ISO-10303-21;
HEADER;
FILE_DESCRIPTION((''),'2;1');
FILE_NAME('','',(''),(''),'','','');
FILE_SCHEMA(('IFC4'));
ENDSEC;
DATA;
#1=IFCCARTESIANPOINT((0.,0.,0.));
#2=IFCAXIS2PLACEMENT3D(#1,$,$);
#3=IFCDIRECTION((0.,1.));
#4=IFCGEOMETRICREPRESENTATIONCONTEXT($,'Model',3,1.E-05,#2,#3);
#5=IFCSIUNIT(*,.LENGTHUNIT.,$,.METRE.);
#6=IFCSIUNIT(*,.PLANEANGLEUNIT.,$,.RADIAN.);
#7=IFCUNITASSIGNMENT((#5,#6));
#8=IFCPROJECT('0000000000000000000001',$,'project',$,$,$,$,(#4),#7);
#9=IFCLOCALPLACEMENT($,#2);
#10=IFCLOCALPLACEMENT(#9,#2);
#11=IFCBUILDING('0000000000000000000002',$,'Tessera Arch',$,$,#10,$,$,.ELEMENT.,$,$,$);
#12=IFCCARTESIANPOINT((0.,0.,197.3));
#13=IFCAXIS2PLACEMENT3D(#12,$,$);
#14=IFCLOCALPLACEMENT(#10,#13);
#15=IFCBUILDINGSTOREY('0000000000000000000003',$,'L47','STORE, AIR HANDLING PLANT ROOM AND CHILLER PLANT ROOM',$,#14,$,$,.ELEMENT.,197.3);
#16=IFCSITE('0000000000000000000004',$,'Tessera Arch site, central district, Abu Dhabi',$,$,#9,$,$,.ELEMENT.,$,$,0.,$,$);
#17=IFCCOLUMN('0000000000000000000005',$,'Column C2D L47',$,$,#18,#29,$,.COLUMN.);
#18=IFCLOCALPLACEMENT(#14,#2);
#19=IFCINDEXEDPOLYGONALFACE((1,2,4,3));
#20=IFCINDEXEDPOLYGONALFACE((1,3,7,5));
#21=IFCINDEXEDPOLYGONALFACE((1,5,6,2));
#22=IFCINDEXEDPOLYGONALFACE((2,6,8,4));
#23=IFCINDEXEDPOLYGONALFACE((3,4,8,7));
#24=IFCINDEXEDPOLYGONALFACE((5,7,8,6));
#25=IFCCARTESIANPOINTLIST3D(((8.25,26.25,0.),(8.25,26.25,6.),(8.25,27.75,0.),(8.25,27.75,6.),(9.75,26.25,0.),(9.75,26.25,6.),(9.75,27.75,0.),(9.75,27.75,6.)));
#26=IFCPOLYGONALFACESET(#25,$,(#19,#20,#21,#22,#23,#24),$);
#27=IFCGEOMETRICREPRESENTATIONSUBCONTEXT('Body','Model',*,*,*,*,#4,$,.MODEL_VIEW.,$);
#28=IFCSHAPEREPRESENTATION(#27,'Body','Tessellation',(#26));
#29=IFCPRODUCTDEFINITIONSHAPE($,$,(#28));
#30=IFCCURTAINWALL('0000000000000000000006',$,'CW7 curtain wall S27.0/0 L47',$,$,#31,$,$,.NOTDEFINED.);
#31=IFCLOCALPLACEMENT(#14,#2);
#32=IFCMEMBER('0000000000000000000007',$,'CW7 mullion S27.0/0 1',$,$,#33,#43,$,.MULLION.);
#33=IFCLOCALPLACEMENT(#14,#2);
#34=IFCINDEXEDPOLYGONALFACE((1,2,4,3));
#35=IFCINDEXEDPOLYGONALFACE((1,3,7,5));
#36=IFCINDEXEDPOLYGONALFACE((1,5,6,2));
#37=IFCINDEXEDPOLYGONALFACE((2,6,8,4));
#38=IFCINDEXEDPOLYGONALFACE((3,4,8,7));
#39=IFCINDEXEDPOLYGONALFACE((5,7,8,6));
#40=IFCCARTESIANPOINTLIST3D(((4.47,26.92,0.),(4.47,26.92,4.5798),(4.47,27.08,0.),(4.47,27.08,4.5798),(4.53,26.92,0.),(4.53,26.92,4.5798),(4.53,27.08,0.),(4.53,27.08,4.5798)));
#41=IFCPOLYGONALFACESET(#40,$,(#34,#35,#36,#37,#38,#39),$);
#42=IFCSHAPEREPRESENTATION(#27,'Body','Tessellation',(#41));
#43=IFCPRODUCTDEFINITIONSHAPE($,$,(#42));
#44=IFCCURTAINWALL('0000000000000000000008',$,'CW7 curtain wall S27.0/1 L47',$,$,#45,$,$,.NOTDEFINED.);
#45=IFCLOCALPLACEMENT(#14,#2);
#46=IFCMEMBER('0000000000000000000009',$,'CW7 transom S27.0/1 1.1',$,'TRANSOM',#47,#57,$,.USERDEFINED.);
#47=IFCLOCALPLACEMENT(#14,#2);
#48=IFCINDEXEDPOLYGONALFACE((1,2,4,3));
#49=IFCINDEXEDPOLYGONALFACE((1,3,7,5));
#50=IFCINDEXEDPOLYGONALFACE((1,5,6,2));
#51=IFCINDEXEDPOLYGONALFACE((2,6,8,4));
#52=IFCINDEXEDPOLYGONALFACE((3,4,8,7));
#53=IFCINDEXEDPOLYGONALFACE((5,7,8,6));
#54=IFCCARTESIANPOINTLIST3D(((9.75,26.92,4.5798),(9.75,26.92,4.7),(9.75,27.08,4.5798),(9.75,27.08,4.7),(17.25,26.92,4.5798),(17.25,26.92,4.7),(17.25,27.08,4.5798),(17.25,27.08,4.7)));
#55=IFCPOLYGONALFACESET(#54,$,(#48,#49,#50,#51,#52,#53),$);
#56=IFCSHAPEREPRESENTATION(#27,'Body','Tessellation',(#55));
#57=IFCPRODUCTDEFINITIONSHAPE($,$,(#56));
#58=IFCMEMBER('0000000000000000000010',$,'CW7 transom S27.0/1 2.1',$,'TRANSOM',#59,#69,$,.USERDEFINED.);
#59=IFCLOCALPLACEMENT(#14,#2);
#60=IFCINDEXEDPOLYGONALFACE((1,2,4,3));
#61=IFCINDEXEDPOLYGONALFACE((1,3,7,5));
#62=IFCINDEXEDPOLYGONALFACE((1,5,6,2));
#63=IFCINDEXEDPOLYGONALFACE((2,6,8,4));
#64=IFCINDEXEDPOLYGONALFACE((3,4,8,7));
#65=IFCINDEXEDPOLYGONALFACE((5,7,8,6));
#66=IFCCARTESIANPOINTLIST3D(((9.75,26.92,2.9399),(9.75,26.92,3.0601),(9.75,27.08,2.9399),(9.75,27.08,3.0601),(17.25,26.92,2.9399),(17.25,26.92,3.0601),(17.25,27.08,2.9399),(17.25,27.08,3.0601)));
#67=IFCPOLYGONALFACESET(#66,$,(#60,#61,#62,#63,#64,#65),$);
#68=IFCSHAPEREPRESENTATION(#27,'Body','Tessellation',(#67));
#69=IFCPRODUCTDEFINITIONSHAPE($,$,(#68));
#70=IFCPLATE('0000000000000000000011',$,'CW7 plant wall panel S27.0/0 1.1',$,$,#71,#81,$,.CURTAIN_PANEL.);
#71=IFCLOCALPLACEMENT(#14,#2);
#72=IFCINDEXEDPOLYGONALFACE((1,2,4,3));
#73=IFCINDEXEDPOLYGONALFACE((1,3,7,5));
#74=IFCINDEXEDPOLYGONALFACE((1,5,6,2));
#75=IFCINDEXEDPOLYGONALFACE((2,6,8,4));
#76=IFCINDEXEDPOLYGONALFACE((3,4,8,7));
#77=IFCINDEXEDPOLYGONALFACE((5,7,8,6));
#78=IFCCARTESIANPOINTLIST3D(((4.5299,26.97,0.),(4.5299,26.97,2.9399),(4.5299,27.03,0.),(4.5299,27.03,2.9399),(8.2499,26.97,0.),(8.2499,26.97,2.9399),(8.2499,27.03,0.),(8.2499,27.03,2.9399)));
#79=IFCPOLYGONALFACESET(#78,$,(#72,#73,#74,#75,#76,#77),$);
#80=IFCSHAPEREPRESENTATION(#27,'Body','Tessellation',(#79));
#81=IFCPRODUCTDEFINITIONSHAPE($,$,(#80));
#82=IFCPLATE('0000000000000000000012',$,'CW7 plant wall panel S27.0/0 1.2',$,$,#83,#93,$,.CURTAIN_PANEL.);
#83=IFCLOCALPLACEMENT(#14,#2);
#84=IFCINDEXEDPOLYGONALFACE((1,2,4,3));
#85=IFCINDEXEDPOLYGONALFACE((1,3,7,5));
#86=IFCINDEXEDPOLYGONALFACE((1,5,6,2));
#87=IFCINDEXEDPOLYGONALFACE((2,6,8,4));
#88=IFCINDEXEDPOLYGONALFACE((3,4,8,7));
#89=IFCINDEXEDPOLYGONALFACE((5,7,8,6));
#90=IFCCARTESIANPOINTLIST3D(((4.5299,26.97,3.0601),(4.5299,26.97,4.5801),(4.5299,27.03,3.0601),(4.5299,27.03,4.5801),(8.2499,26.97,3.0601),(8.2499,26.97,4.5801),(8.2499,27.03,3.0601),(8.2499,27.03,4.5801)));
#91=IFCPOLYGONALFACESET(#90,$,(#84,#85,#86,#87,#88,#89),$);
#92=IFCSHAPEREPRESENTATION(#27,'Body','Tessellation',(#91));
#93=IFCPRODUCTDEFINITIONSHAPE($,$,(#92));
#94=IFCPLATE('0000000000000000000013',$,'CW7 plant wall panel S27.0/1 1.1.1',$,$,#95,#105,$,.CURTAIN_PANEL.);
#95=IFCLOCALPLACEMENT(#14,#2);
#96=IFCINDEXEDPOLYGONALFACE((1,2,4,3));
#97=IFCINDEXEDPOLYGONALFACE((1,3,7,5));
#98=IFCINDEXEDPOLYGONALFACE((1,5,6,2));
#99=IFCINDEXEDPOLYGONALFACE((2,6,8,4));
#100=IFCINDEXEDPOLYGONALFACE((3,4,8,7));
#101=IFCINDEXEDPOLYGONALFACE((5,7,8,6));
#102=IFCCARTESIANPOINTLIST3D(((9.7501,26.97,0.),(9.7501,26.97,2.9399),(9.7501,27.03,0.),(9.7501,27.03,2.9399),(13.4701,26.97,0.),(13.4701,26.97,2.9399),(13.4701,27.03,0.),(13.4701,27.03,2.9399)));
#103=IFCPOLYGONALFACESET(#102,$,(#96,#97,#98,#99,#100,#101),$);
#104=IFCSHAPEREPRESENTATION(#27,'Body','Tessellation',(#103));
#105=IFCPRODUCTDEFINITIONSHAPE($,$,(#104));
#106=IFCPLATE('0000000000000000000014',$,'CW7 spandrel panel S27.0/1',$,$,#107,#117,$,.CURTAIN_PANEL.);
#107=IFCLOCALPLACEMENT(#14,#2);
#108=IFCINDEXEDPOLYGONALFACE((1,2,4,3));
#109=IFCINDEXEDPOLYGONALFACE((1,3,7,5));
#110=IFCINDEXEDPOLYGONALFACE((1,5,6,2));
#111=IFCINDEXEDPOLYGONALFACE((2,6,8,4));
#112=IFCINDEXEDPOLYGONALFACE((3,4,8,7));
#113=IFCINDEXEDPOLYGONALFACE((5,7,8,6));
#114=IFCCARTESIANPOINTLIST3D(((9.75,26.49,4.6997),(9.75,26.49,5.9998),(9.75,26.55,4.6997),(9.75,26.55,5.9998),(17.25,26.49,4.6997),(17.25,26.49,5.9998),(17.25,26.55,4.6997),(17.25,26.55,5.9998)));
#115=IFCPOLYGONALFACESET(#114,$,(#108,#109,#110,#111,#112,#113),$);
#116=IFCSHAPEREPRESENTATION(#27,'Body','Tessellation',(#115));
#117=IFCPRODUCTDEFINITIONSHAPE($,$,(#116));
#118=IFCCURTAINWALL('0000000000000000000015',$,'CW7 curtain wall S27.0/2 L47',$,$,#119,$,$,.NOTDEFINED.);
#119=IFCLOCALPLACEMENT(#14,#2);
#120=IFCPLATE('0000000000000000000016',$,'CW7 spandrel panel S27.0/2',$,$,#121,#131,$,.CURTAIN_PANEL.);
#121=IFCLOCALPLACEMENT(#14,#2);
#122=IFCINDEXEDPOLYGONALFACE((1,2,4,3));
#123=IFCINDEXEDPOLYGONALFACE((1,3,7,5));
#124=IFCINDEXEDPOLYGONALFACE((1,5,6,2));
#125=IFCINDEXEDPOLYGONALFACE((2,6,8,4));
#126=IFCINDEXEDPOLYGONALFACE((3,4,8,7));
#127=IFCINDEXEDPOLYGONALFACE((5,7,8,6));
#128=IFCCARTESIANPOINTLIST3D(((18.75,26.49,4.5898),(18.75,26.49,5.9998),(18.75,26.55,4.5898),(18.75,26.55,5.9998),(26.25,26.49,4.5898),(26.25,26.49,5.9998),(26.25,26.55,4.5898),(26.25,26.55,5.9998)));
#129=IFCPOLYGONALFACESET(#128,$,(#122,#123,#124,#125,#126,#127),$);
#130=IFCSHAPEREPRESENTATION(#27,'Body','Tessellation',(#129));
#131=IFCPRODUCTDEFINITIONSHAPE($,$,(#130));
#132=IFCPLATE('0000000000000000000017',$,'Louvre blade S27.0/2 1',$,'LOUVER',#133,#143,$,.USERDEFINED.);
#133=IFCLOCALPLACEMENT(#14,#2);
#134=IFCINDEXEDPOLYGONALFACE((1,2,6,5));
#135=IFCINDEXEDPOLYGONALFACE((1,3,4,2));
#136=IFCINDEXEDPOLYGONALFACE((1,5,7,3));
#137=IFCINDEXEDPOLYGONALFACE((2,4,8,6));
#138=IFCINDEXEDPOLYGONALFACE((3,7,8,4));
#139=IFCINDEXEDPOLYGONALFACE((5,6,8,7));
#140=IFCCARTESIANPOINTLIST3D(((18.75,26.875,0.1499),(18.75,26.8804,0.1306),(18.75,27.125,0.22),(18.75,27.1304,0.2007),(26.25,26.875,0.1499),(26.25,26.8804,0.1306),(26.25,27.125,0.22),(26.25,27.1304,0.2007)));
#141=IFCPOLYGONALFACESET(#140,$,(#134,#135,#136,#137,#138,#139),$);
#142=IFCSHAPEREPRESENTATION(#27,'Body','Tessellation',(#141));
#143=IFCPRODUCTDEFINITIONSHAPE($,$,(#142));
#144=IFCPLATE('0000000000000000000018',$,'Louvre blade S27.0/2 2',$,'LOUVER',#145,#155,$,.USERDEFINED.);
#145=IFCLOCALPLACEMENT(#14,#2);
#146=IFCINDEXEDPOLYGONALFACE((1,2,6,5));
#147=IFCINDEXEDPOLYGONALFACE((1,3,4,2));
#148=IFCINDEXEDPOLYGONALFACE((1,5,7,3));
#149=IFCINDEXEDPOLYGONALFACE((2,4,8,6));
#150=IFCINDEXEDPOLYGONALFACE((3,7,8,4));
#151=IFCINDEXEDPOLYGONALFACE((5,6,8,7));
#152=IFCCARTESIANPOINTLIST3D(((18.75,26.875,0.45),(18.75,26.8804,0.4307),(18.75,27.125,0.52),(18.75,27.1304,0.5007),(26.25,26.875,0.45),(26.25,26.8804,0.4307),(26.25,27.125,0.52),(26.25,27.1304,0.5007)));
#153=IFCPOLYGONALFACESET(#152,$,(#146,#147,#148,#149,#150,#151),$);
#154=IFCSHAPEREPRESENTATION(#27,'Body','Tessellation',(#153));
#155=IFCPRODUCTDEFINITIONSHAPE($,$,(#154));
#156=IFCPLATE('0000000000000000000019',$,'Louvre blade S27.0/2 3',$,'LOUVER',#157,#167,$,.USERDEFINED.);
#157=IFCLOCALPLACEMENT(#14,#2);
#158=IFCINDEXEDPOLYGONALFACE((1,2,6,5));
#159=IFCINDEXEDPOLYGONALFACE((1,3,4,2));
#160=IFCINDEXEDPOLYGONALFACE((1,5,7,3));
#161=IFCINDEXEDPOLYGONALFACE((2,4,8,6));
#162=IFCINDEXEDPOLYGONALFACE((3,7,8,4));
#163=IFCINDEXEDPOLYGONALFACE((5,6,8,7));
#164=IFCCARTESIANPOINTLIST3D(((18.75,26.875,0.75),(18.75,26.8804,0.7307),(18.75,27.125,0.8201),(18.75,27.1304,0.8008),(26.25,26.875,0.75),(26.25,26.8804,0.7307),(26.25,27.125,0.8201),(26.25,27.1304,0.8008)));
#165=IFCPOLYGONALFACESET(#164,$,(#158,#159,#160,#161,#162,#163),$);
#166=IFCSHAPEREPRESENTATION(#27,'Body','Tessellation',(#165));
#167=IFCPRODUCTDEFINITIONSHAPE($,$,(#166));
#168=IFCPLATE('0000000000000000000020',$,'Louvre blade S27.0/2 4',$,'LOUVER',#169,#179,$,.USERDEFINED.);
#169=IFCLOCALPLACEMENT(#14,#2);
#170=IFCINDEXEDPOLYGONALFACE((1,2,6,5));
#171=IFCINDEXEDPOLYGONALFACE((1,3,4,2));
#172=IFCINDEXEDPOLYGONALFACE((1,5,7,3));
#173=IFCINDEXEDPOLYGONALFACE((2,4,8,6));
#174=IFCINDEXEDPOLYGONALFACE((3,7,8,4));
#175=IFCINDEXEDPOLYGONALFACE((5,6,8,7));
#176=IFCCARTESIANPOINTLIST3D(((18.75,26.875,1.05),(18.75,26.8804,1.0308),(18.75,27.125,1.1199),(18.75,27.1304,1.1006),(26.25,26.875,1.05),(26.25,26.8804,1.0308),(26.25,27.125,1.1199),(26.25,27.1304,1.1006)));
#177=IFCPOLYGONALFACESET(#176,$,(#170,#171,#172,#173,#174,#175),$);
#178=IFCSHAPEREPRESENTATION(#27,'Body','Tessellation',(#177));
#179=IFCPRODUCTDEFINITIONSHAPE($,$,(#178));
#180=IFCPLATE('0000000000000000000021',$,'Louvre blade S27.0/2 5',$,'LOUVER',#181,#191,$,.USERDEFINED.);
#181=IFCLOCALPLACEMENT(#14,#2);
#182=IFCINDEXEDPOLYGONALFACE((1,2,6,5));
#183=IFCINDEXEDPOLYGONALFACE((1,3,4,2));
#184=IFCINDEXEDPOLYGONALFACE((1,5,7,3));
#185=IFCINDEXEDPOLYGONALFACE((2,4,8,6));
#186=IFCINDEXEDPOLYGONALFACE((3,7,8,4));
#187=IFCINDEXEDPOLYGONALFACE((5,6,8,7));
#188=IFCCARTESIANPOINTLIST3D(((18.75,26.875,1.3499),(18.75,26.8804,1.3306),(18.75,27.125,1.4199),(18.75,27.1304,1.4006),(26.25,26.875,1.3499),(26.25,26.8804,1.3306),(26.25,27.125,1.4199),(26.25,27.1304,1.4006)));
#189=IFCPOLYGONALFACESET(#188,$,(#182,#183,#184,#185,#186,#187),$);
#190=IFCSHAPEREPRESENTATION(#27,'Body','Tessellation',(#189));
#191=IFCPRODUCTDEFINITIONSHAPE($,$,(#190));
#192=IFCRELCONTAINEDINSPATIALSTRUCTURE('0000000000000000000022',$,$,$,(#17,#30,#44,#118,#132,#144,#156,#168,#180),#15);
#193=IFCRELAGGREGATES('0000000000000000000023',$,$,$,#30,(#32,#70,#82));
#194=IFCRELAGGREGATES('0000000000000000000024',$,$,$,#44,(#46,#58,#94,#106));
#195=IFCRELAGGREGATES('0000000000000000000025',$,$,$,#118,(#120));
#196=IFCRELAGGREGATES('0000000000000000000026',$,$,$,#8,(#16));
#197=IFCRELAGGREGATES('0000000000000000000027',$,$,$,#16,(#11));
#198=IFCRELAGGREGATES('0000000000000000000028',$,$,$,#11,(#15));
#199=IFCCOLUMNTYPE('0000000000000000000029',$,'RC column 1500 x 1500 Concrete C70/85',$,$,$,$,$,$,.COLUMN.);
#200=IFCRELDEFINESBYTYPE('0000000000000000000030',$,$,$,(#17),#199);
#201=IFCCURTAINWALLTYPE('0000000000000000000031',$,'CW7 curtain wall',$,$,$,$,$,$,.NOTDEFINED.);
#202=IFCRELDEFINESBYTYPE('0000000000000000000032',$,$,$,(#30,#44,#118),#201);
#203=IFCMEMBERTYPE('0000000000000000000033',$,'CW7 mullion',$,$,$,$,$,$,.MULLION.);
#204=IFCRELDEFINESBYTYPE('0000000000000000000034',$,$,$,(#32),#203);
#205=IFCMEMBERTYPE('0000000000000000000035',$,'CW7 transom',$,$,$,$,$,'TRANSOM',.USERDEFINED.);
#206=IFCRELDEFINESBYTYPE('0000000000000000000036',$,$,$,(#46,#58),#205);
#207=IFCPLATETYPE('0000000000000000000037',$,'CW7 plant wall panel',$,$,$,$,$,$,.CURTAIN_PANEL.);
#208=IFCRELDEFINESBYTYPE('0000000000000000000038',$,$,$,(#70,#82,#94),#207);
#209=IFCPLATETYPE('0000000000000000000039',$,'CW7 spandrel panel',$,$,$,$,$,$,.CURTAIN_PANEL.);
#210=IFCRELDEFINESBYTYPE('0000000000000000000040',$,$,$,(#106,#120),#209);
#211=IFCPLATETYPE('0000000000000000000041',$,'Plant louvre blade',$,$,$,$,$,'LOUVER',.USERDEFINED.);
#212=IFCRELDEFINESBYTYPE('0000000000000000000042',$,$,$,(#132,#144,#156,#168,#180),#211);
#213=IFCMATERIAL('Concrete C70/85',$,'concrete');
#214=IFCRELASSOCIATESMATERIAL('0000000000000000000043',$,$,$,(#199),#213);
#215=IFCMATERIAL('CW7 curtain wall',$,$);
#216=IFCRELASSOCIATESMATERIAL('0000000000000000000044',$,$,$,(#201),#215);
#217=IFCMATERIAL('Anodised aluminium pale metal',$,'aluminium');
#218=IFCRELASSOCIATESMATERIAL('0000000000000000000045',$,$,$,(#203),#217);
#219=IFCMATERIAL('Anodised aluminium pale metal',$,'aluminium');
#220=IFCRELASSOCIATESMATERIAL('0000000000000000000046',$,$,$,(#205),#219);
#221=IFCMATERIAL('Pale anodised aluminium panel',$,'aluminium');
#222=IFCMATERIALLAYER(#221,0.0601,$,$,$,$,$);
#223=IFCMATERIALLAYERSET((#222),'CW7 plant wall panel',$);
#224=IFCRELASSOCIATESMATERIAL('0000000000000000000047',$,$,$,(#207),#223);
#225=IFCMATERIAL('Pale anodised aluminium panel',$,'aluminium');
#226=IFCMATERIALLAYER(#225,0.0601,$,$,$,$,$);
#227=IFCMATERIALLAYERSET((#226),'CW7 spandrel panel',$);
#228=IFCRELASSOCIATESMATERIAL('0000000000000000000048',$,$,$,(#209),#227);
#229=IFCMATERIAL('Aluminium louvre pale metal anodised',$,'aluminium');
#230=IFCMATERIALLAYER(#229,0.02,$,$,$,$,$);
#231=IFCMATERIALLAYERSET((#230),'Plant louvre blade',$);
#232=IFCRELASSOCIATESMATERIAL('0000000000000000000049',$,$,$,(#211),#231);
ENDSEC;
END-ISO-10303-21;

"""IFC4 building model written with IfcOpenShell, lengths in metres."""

from ifc_helpers import new_model, si_unit, direction, frame, origin, origin_2d, place, context, subcontext, project, spatial, polyline, rectangle, outline, extrude, material, layer, layer_set, material_profile, profile_set, type_object, element, aggregate, save


model = new_model("IFC4")

# Units and contexts
model_context = context("Model", 3, precision=1e-05, world=origin(), true_north=direction((0.0, 1.0)))
body_context = subcontext(model_context, "Body", "Model", "MODEL_VIEW")
ifc_project = project(units=[si_unit("LENGTHUNIT", "METRE"), si_unit("PLANEANGLEUNIT", "RADIAN")], contexts=[model_context])

# Site, building, storey
site_placement = place(None, origin())
site = spatial("IfcSite", under=ifc_project, at=site_placement, Name="Tessera Arch site, central district, Abu Dhabi", CompositionType="ELEMENT", RefElevation=0.0)
building_placement = place(site_placement, origin())
building = spatial("IfcBuilding", under=site, at=building_placement, Name="Tessera Arch", CompositionType="ELEMENT")
storey_placement = place(building_placement, frame((0.0, 0.0, 197.3)))
storey = spatial("IfcBuildingStorey", under=building, at=storey_placement, Name="L47", Description="STORE, AIR HANDLING PLANT ROOM AND CHILLER PLANT ROOM", CompositionType="ELEMENT", Elevation=197.3)

# Column
ifc_material_1 = material(Name="Concrete C70/85", Category="concrete")
ifc_material_profile_1 = material_profile(ifc_material_1, rectangle(XDim=1.5, YDim=1.5, at=origin_2d()), Name="RC column 1500 x 1500 Concrete C70/85")
ifc_profile_set_1 = profile_set([ifc_material_profile_1], Name="Concrete C70/85")
column_type = type_object("IfcColumnType", Name="RC column 1500 x 1500 Concrete C70/85", PredefinedType="COLUMN", material=ifc_profile_set_1)
column_placement = place(storey_placement, frame((9.0, 27.0, 0.0), z_axis=(0.0, 0.0, 1.0), x_axis=(1.0, 0.0, 0.0)))
element("IfcColumn", 1, at=column_placement, inside=storey, type_object=column_type, Name="Column C2D L47", PredefinedType="COLUMN", context=body_context, shape_type="SweptSolid", body=[
    extrude(rectangle(XDim=1.5, YDim=1.5, at=origin_2d()), origin(), (0.0, 0.0, 1.0), 6.0),
])

# Curtain wall, member
ifc_material_2 = material(Name="CW7 curtain wall")
curtain_wall_type = type_object("IfcCurtainWallType", Name="CW7 curtain wall", PredefinedType="NOTDEFINED", material=ifc_material_2)
curtain_wall_1_placement = place(storey_placement, origin())
curtain_wall_1 = element("IfcCurtainWall", 2, at=curtain_wall_1_placement, inside=storey, type_object=curtain_wall_type, Name="CW7 curtain wall S27.0/0 L47", PredefinedType="NOTDEFINED")
ifc_material_3 = material(Name="Anodised aluminium pale metal", Category="aluminium")
ifc_material_profile_2 = material_profile(ifc_material_3, rectangle(XDim=0.1599, YDim=0.0601, at=origin_2d()), Name="AL 60x160")
ifc_profile_set_2 = profile_set([ifc_material_profile_2], Name="Anodised aluminium pale metal")
member_type_1 = type_object("IfcMemberType", Name="CW7 mullion", PredefinedType="MULLION", material=ifc_profile_set_2)
member_1_placement = place(storey_placement, frame((4.5, 27.0, 0.0), z_axis=(0.0, 0.0, 1.0), x_axis=(0.0, 1.0, 0.0)))
member_1 = element("IfcMember", 3, at=member_1_placement, type_object=member_type_1, Name="CW7 mullion S27.0/0 1", PredefinedType="MULLION", context=body_context, shape_type="SweptSolid", body=[
    extrude(rectangle(XDim=0.1599, YDim=0.0601, at=origin_2d()), origin(), (0.0, 0.0, 1.0), 4.5798),
])

# Curtain wall, members
curtain_wall_2_placement = place(storey_placement, origin())
curtain_wall_2 = element("IfcCurtainWall", 4, at=curtain_wall_2_placement, inside=storey, type_object=curtain_wall_type, Name="CW7 curtain wall S27.0/1 L47", PredefinedType="NOTDEFINED")
ifc_material_4 = material(Name="Anodised aluminium pale metal", Category="aluminium")
ifc_material_profile_3 = material_profile(ifc_material_4, rectangle(XDim=0.1599, YDim=0.1201, at=origin_2d()), Name="AL 160x120")
ifc_profile_set_3 = profile_set([ifc_material_profile_3], Name="Anodised aluminium pale metal")
member_type_2 = type_object("IfcMemberType", Name="CW7 transom", ElementType="TRANSOM", PredefinedType="USERDEFINED", material=ifc_profile_set_3)
member_2_placement = place(storey_placement, frame((9.75, 27.0, 4.6399), z_axis=(1.0, 0.0, 0.0), x_axis=(0.0, 1.0, 0.0)))
member_2 = element("IfcMember", 5, at=member_2_placement, type_object=member_type_2, Name="CW7 transom S27.0/1 1.1", ObjectType="TRANSOM", PredefinedType="USERDEFINED", context=body_context, shape_type="SweptSolid", body=[
    extrude(rectangle(XDim=0.1599, YDim=0.1201, at=origin_2d()), origin(), (0.0, 0.0, 1.0), 7.5),
])
member_3_placement = place(storey_placement, frame((9.75, 27.0, 3.0), z_axis=(1.0, 0.0, 0.0), x_axis=(0.0, 1.0, 0.0)))
member_3 = element("IfcMember", 6, at=member_3_placement, type_object=member_type_2, Name="CW7 transom S27.0/1 2.1", ObjectType="TRANSOM", PredefinedType="USERDEFINED", context=body_context, shape_type="SweptSolid", body=[
    extrude(rectangle(XDim=0.1599, YDim=0.1201, at=origin_2d()), origin(), (0.0, 0.0, 1.0), 7.5),
])

# Plates
ifc_material_5 = material(Name="Pale anodised aluminium panel", Category="aluminium")
ifc_layer_1 = layer(ifc_material_5, 0.0601)
ifc_layer_set_1 = layer_set([ifc_layer_1], Name="CW7 plant wall panel")
plate_type_1 = type_object("IfcPlateType", Name="CW7 plant wall panel", PredefinedType="CURTAIN_PANEL", material=ifc_layer_set_1)
plate_1_placement = place(storey_placement, frame((6.3899, 27.0, 0.0), z_axis=(0.0, 0.0, 1.0), x_axis=(1.0, 0.0, 0.0)))
plate_1 = element("IfcPlate", 7, at=plate_1_placement, type_object=plate_type_1, Name="CW7 plant wall panel S27.0/0 1.1", PredefinedType="CURTAIN_PANEL", context=body_context, shape_type="SweptSolid", body=[
    extrude(rectangle(XDim=3.72, YDim=0.0601, at=origin_2d()), origin(), (0.0, 0.0, 1.0), 2.9399),
])
plate_2_placement = place(storey_placement, frame((6.3899, 27.0, 3.0601), z_axis=(0.0, 0.0, 1.0), x_axis=(1.0, 0.0, 0.0)))
plate_2 = element("IfcPlate", 8, at=plate_2_placement, type_object=plate_type_1, Name="CW7 plant wall panel S27.0/0 1.2", PredefinedType="CURTAIN_PANEL", context=body_context, shape_type="SweptSolid", body=[
    extrude(rectangle(XDim=3.72, YDim=0.0601, at=origin_2d()), origin(), (0.0, 0.0, 1.0), 1.52),
])
aggregate(curtain_wall_1, [member_1, plate_1, plate_2])
plate_3_placement = place(storey_placement, frame((11.6101, 27.0, 0.0), z_axis=(0.0, 0.0, 1.0), x_axis=(1.0, 0.0, 0.0)))
plate_3 = element("IfcPlate", 9, at=plate_3_placement, type_object=plate_type_1, Name="CW7 plant wall panel S27.0/1 1.1.1", PredefinedType="CURTAIN_PANEL", context=body_context, shape_type="SweptSolid", body=[
    extrude(rectangle(XDim=3.72, YDim=0.0601, at=origin_2d()), origin(), (0.0, 0.0, 1.0), 2.9399),
])
ifc_material_6 = material(Name="Pale anodised aluminium panel", Category="aluminium")
ifc_layer_2 = layer(ifc_material_6, 0.0601)
ifc_layer_set_2 = layer_set([ifc_layer_2], Name="CW7 spandrel panel")
plate_type_2 = type_object("IfcPlateType", Name="CW7 spandrel panel", PredefinedType="CURTAIN_PANEL", material=ifc_layer_set_2)
plate_4_placement = place(storey_placement, frame((13.5, 26.52, 4.6997), z_axis=(0.0, 0.0, 1.0), x_axis=(1.0, 0.0, 0.0)))
plate_4 = element("IfcPlate", 10, at=plate_4_placement, type_object=plate_type_2, Name="CW7 spandrel panel S27.0/1", PredefinedType="CURTAIN_PANEL", context=body_context, shape_type="SweptSolid", body=[
    extrude(rectangle(XDim=7.5, YDim=0.0601, at=origin_2d()), origin(), (0.0, 0.0, 1.0), 1.3),
])
aggregate(curtain_wall_2, [member_2, member_3, plate_3, plate_4])

# Curtain wall, plate
curtain_wall_3_placement = place(storey_placement, origin())
curtain_wall_3 = element("IfcCurtainWall", 11, at=curtain_wall_3_placement, inside=storey, type_object=curtain_wall_type, Name="CW7 curtain wall S27.0/2 L47", PredefinedType="NOTDEFINED")
plate_5_placement = place(storey_placement, frame((22.5, 26.52, 4.5898), z_axis=(0.0, 0.0, 1.0), x_axis=(1.0, 0.0, 0.0)))
plate_5 = element("IfcPlate", 12, at=plate_5_placement, type_object=plate_type_2, Name="CW7 spandrel panel S27.0/2", PredefinedType="CURTAIN_PANEL", context=body_context, shape_type="SweptSolid", body=[
    extrude(rectangle(XDim=7.5, YDim=0.0601, at=origin_2d()), origin(), (0.0, 0.0, 1.0), 1.4099),
])
aggregate(curtain_wall_3, [plate_5])

# Plates
ifc_material_7 = material(Name="Aluminium louvre pale metal anodised", Category="aluminium")
ifc_layer_3 = layer(ifc_material_7, 0.02)
ifc_layer_set_3 = layer_set([ifc_layer_3], Name="Plant louvre blade")
plate_type_3 = type_object("IfcPlateType", Name="Plant louvre blade", ElementType="LOUVER", PredefinedType="USERDEFINED", material=ifc_layer_set_3)
for number, where, z_axis, x_axis, name in (
    (13, (18.75, 26.875, 0.1499), (0.0, -0.269874, 0.962896), (1.0, 0.0, 0.0), "Louvre blade S27.0/2 1"),
    (14, (18.75, 26.875, 0.45), (0.0, -0.269874, 0.962896), (1.0, 0.0, 0.0), "Louvre blade S27.0/2 2"),
    (15, (18.75, 26.875, 0.75), (0.0, -0.269874, 0.962896), (1.0, 0.0, 0.0), "Louvre blade S27.0/2 3"),
):
    element("IfcPlate", number, at=place(storey_placement, frame(where, z_axis=z_axis, x_axis=x_axis)), inside=storey, type_object=plate_type_3, Name=name, ObjectType="LOUVER", PredefinedType="USERDEFINED", context=body_context, shape_type="SweptSolid", body=[
        extrude(outline(polyline([(0.0, 0.0), (7.5, 0.0), (7.5, 0.2596), (0.0, 0.2596), (0.0, 0.0)])), origin(), (0.0, 0.0, -1.0), 0.02),
    ])
plate_6_placement = place(storey_placement, frame((18.75, 26.875, 1.05), z_axis=(0.0, -0.269002, 0.96314), x_axis=(1.0, 0.0, 0.0)))
element("IfcPlate", 16, at=plate_6_placement, inside=storey, type_object=plate_type_3, Name="Louvre blade S27.0/2 4", ObjectType="LOUVER", PredefinedType="USERDEFINED", context=body_context, shape_type="SweptSolid", body=[
    extrude(outline(polyline([(0.0, 0.0), (7.5, 0.0), (7.5, 0.2596), (0.0, 0.2596), (0.0, 0.0)])), origin(), (0.0, 0.0, -1.0), 0.02),
])
for number, where, z_axis, x_axis, name in (
    (17, (18.75, 26.875, 1.3499), (0.0, -0.269874, 0.962896), (1.0, 0.0, 0.0), "Louvre blade S27.0/2 5"),
):
    element("IfcPlate", number, at=place(storey_placement, frame(where, z_axis=z_axis, x_axis=x_axis)), inside=storey, type_object=plate_type_3, Name=name, ObjectType="LOUVER", PredefinedType="USERDEFINED", context=body_context, shape_type="SweptSolid", body=[
        extrude(outline(polyline([(0.0, 0.0), (7.5, 0.0), (7.5, 0.2596), (0.0, 0.2596), (0.0, 0.0)])), origin(), (0.0, 0.0, -1.0), 0.02),
    ])

save(model, "model.ifc")
